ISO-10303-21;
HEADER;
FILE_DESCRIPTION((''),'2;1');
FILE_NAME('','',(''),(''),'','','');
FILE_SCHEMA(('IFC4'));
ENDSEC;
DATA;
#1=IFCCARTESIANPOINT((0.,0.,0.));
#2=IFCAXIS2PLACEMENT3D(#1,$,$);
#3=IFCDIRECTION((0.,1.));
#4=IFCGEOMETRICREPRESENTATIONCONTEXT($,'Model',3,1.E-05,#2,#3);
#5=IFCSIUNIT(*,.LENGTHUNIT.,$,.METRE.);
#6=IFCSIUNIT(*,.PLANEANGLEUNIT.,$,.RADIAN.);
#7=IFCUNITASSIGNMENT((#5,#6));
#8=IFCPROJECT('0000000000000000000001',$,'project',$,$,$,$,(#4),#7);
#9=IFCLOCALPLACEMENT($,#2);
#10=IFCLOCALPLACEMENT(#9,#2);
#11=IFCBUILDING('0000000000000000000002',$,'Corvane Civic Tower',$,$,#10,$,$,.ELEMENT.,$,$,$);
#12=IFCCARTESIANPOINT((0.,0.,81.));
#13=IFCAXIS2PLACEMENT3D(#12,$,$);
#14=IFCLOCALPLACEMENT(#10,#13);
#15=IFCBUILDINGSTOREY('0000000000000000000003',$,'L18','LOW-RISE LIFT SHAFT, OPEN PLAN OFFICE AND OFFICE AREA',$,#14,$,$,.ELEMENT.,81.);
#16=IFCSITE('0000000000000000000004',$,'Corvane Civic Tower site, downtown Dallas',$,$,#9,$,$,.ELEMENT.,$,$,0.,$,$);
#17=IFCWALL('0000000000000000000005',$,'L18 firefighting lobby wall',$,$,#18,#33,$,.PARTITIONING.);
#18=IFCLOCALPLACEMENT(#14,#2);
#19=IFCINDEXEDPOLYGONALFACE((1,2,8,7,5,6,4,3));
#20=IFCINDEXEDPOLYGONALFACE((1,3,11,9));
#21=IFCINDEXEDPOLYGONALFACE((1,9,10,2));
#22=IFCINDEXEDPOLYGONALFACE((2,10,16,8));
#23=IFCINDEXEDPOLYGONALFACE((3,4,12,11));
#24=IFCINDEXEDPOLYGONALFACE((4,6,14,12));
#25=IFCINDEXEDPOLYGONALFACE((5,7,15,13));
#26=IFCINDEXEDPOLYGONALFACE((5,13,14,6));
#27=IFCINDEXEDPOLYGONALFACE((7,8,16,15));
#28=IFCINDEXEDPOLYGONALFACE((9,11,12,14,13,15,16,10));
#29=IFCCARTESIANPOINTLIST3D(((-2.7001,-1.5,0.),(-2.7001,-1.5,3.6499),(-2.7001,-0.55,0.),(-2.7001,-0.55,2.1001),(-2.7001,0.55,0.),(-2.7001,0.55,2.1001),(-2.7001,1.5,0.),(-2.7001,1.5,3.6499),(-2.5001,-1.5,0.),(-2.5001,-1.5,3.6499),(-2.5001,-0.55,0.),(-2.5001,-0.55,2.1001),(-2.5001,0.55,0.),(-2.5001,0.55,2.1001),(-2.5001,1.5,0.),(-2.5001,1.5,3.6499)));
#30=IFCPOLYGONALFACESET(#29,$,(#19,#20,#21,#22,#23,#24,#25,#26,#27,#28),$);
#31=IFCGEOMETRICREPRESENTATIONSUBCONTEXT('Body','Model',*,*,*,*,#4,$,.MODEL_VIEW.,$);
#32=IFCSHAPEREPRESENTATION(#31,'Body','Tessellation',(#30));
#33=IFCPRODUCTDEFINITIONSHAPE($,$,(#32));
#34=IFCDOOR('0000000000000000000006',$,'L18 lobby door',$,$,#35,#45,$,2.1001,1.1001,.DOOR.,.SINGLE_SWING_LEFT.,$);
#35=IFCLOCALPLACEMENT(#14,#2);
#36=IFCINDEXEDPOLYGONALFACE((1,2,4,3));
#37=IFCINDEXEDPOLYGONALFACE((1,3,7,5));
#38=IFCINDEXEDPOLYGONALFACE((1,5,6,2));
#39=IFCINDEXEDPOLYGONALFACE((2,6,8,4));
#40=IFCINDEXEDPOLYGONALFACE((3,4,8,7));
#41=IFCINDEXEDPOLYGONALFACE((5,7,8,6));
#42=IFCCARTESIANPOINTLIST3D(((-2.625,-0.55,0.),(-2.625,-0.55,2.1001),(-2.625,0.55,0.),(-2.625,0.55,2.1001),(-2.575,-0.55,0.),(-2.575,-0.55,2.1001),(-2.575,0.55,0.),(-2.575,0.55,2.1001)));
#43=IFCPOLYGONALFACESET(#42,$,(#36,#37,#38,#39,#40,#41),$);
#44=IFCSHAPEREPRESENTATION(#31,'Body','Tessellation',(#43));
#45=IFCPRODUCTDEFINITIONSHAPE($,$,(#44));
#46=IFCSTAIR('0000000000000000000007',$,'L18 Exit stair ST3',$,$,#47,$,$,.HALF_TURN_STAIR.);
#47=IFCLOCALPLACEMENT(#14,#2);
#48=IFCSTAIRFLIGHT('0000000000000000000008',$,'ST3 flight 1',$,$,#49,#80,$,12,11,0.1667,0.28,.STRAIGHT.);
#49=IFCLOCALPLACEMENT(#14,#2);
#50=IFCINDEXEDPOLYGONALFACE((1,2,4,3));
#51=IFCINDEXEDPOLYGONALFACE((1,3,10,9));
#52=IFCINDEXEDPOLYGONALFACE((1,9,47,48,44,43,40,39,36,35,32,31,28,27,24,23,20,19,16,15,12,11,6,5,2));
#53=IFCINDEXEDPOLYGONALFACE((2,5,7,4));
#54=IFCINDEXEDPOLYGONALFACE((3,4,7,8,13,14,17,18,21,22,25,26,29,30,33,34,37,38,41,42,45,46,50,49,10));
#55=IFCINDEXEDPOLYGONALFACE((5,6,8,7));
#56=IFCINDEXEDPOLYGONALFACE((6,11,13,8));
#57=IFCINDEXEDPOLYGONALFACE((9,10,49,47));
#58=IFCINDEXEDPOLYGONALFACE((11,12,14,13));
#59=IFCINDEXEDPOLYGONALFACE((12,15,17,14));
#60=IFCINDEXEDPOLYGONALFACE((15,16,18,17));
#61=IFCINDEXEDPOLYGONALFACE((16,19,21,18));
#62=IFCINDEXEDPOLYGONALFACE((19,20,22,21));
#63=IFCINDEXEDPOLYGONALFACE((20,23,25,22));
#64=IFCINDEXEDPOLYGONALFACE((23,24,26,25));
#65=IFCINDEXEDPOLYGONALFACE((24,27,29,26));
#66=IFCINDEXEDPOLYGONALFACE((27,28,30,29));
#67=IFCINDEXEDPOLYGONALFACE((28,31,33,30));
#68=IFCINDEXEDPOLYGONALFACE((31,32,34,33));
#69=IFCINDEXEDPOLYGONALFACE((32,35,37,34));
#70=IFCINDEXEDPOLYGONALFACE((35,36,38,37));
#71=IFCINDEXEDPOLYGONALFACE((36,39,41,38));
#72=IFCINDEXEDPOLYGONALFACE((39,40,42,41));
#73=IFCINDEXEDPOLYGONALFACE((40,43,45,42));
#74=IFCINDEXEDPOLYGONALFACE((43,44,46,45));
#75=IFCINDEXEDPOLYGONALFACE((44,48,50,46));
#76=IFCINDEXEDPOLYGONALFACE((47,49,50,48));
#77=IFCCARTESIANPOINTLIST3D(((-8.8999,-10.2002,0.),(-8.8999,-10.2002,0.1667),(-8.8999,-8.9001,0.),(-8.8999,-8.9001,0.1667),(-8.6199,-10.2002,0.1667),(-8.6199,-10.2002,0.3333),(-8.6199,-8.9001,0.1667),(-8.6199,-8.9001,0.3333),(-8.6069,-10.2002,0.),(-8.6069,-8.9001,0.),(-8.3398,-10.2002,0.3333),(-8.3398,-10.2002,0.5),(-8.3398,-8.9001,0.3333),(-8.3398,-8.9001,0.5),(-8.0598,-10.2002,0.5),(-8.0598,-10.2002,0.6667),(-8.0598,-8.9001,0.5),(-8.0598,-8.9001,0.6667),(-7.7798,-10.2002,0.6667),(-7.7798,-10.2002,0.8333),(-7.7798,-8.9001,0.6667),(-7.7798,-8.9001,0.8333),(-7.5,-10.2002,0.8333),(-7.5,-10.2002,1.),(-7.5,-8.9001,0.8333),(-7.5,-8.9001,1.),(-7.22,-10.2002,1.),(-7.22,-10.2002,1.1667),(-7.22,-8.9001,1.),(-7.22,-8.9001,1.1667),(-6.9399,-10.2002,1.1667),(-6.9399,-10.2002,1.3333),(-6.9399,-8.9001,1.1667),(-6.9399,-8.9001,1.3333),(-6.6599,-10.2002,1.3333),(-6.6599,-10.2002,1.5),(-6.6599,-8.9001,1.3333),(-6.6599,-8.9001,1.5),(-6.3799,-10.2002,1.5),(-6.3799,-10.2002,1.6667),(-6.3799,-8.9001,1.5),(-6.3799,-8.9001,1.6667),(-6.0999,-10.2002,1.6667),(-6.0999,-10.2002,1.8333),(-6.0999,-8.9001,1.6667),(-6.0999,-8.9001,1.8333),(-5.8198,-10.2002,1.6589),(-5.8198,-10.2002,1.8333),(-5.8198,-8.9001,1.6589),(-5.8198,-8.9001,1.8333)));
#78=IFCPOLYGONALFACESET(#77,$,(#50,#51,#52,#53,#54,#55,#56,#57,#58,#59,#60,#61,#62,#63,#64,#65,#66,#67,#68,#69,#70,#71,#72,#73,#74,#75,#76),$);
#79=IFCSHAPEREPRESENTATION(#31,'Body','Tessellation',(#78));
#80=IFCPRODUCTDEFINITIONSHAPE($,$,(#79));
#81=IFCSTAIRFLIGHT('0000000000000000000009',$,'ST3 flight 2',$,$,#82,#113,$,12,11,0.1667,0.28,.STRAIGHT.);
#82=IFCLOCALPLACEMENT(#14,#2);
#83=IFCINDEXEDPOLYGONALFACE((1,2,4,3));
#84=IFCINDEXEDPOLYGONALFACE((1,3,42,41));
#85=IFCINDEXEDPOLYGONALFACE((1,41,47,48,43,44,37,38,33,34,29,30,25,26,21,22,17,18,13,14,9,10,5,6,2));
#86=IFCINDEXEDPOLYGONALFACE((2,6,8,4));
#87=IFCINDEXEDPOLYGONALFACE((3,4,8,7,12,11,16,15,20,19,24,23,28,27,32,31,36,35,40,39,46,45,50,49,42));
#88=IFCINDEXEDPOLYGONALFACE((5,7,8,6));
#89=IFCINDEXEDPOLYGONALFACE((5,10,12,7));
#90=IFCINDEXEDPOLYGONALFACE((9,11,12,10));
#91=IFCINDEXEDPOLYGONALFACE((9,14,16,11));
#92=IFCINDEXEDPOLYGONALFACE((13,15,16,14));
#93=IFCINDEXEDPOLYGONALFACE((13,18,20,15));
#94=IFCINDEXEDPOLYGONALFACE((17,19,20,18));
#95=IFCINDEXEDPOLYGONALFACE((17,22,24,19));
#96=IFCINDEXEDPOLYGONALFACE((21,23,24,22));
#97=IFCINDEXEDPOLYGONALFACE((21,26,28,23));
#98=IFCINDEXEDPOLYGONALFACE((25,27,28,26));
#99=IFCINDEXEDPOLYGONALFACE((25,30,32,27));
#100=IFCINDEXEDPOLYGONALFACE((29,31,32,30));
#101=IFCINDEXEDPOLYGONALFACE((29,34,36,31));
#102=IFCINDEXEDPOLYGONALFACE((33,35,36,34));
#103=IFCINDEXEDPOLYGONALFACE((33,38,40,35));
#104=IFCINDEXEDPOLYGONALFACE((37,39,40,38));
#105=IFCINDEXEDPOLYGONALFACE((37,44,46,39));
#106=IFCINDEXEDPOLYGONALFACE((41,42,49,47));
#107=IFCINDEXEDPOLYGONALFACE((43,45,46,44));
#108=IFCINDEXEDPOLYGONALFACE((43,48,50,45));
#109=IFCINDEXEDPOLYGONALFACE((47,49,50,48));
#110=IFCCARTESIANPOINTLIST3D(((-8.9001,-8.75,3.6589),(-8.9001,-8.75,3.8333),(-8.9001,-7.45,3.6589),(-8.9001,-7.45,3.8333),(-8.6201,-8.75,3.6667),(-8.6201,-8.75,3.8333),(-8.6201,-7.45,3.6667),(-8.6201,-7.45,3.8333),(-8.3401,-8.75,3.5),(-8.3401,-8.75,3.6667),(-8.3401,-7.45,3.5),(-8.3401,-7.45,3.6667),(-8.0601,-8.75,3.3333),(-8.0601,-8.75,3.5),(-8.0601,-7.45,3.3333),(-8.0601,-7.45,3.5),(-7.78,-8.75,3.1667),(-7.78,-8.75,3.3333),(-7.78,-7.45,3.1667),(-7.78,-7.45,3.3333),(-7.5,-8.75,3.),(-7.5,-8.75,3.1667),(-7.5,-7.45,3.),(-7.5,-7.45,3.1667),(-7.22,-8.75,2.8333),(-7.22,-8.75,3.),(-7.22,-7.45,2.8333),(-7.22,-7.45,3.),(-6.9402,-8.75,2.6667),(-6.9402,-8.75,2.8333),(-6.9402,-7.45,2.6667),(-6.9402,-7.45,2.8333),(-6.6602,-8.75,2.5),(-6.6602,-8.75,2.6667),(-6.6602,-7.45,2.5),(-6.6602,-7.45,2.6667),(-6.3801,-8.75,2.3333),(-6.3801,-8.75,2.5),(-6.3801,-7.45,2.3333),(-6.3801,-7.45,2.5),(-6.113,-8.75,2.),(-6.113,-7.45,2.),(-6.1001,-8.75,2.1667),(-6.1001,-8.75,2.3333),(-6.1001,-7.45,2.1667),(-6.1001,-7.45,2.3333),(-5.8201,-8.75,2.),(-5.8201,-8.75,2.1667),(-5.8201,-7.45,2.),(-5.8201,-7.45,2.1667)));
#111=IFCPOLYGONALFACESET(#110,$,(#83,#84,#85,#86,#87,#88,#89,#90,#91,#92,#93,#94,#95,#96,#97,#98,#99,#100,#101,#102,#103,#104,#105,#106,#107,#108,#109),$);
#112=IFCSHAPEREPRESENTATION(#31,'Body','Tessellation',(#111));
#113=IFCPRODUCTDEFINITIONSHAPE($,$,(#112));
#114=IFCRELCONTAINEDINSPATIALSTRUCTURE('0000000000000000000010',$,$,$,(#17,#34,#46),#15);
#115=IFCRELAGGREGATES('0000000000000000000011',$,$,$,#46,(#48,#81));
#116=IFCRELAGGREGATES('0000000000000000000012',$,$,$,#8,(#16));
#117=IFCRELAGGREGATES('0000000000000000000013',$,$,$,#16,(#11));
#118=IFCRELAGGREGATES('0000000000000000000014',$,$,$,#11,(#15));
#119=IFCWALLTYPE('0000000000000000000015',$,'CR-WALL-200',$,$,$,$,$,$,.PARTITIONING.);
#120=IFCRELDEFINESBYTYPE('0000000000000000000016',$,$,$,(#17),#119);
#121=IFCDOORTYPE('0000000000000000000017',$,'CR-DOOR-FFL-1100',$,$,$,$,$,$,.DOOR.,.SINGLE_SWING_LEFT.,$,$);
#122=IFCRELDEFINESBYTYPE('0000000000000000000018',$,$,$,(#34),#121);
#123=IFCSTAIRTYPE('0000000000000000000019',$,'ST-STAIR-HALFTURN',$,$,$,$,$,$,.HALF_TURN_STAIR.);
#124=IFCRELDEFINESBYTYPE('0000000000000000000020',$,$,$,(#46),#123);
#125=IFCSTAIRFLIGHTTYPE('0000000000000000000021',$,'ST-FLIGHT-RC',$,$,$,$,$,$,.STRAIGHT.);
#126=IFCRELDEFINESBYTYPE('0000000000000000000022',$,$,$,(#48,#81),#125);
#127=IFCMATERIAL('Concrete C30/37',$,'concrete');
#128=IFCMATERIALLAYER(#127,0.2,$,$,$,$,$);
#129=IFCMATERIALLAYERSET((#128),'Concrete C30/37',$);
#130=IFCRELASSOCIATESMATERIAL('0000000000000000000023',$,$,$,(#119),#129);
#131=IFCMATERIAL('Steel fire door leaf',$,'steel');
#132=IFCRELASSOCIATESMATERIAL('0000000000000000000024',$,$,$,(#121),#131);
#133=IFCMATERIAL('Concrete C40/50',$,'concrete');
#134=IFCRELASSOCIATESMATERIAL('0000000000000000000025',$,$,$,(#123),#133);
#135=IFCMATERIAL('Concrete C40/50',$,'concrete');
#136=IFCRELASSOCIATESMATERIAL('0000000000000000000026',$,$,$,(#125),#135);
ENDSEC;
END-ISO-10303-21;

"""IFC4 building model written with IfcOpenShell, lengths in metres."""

from ifc_helpers import new_model, si_unit, direction, frame, frame_2d, origin, place, context, subcontext, project, spatial, polyline, rectangle, outline, extrude, material, layer, layer_set, type_object, element, fill, aggregate, save


model = new_model("IFC4")

# Units and contexts
model_context = context("Model", 3, precision=1e-05, world=origin(), true_north=direction((0.0, 1.0)))
body_context = subcontext(model_context, "Body", "Model", "MODEL_VIEW")
ifc_project = project(units=[si_unit("LENGTHUNIT", "METRE"), si_unit("PLANEANGLEUNIT", "RADIAN")], contexts=[model_context])

# Site, building, storey
site_placement = place(None, origin())
site = spatial("IfcSite", under=ifc_project, at=site_placement, Name="Corvane Civic Tower site, downtown Dallas", CompositionType="ELEMENT", RefElevation=0.0)
building_placement = place(site_placement, origin())
building = spatial("IfcBuilding", under=site, at=building_placement, Name="Corvane Civic Tower", CompositionType="ELEMENT")
storey_placement = place(building_placement, frame((0.0, 0.0, 81.0)))
storey = spatial("IfcBuildingStorey", under=building, at=storey_placement, Name="L18", Description="LOW-RISE LIFT SHAFT, OPEN PLAN OFFICE AND OFFICE AREA", CompositionType="ELEMENT", Elevation=81.0)

# Wall, opening, door
ifc_material_1 = material(Name="Concrete C30/37", Category="concrete")
ifc_layer = layer(ifc_material_1, 0.2)
ifc_layer_set = layer_set([ifc_layer], Name="Concrete C30/37")
wall_type = type_object("IfcWallType", Name="CR-WALL-200", PredefinedType="PARTITIONING", material=ifc_layer_set)
wall_1_placement = place(storey_placement, frame((-2.6001, -1.5, 0.0), z_axis=(0.0, 0.0, 1.0), x_axis=(0.0, 1.0, 0.0)))
wall_1 = element("IfcWall", 1, at=wall_1_placement, inside=storey, type_object=wall_type, Name="L18 firefighting lobby wall", PredefinedType="PARTITIONING", context=body_context, shape_type="SweptSolid", body=[
    extrude(rectangle(XDim=3.0, YDim=0.2, at=frame_2d((1.5, 0.0))), origin(), (0.0, 0.0, 1.0), 3.6499),
])
opening_1_placement = place(wall_1_placement, frame((0.95, 0.0, 0.0)))
opening_1 = element("IfcOpeningElement", 2, at=opening_1_placement, cuts=wall_1, PredefinedType="OPENING", context=body_context, shape_type="SweptSolid", body=[
    extrude(rectangle(XDim=1.1001, YDim=2.1001, at=frame_2d((0.55, 1.05))), frame((0.0, 0.1099, 0.0), z_axis=(0.0, -1.0, 0.0), x_axis=(1.0, 0.0, 0.0)), (0.0, 0.0, 1.0), 0.22),
])
ifc_material_2 = material(Name="Steel fire door leaf", Category="steel")
door_type_1 = type_object("IfcDoorType", Name="CR-DOOR-FFL-1100", OperationType="SINGLE_SWING_LEFT", PredefinedType="DOOR", material=ifc_material_2)
door_1_placement = place(opening_1_placement, origin())
door_1 = element("IfcDoor", 3, at=door_1_placement, inside=storey, type_object=door_type_1, Name="L18 lobby door", OperationType="SINGLE_SWING_LEFT", OverallHeight=2.1001, OverallWidth=1.1001, PredefinedType="DOOR", context=body_context, shape_type="SweptSolid", body=[
    extrude(rectangle(XDim=1.1001, YDim=2.1001, at=frame_2d((0.55, 1.05))), frame((0.0, 0.0249, 0.0), z_axis=(0.0, -1.0, 0.0), x_axis=(1.0, 0.0, 0.0)), (0.0, 0.0, 1.0), 0.05),
])
fill(opening_1, door_1)

# Stair, stair flights
ifc_material_3 = material(Name="Concrete C40/50", Category="concrete")
stair_type = type_object("IfcStairType", Name="ST-STAIR-HALFTURN", PredefinedType="HALF_TURN_STAIR", material=ifc_material_3)
stair_placement = place(storey_placement, origin())
stair = element("IfcStair", 4, at=stair_placement, inside=storey, type_object=stair_type, Name="L18 Exit stair ST3", PredefinedType="HALF_TURN_STAIR")
ifc_material_4 = material(Name="Concrete C40/50", Category="concrete")
stair_flight_type = type_object("IfcStairFlightType", Name="ST-FLIGHT-RC", PredefinedType="STRAIGHT", material=ifc_material_4)
stair_flight_1_placement = place(storey_placement, frame((-8.8999, -9.55, 0.0), z_axis=(0.0, 0.0, 1.0), x_axis=(1.0, 0.0, 0.0)))
stair_flight_1 = element("IfcStairFlight", 5, at=stair_flight_1_placement, type_object=stair_flight_type, Name="ST3 flight 1", NumberOfRisers=12, NumberOfTreads=11, PredefinedType="STRAIGHT", RiserHeight=0.1667, TreadLength=0.28, context=body_context, shape_type="SweptSolid", body=[
    extrude(outline(polyline([(0.0, 0.0), (0.0, 0.1667), (0.28, 0.1667), (0.28, 0.3333), (0.5601, 0.3333), (0.5601, 0.5), (0.8401, 0.5), (0.8401, 0.6667), (1.1201, 0.6667), (1.1201, 0.8333), (1.3999, 0.8333), (1.3999, 1.0), (1.6799, 1.0), (1.6799, 1.1667), (1.96, 1.1667), (1.96, 1.3333), (2.24, 1.3333), (2.24, 1.5), (2.52, 1.5), (2.52, 1.6667), (2.8, 1.6667), (2.8, 1.8333), (3.0801, 1.8333), (3.0801, 2.0), (3.0801, 1.6589), (0.293, 0.0), (0.0, 0.0)])), frame((0.0, 0.6499, 0.0), z_axis=(0.0, -1.0, 0.0), x_axis=(1.0, 0.0, 0.0)), (0.0, 0.0, 1.0), 1.3),
])
stair_flight_2_placement = place(storey_placement, frame((-5.8201, -8.1001, 2.0), z_axis=(0.0, 0.0, 1.0), x_axis=(-1.0, 0.0, 0.0)))
stair_flight_2 = element("IfcStairFlight", 6, at=stair_flight_2_placement, type_object=stair_flight_type, Name="ST3 flight 2", NumberOfRisers=12, NumberOfTreads=11, PredefinedType="STRAIGHT", RiserHeight=0.1667, TreadLength=0.28, context=body_context, shape_type="SweptSolid", body=[
    extrude(outline(polyline([(0.0, 0.0), (0.0, 0.1667), (0.28, 0.1667), (0.28, 0.3333), (0.5601, 0.3333), (0.5601, 0.5), (0.8401, 0.5), (0.8401, 0.6667), (1.1201, 0.6667), (1.1201, 0.8333), (1.3999, 0.8333), (1.3999, 1.0), (1.6799, 1.0), (1.6799, 1.1667), (1.96, 1.1667), (1.96, 1.3333), (2.24, 1.3333), (2.24, 1.5), (2.52, 1.5), (2.52, 1.6667), (2.8, 1.6667), (2.8, 1.8333), (3.0801, 1.8333), (3.0801, 2.0), (3.0801, 1.6589), (0.293, 0.0), (0.0, 0.0)])), frame((0.0, 0.6499, 0.0), z_axis=(0.0, -1.0, 0.0), x_axis=(1.0, 0.0, 0.0)), (0.0, 0.0, 1.0), 1.3),
])
aggregate(stair, [stair_flight_1, stair_flight_2])

save(model, "model.ifc")
